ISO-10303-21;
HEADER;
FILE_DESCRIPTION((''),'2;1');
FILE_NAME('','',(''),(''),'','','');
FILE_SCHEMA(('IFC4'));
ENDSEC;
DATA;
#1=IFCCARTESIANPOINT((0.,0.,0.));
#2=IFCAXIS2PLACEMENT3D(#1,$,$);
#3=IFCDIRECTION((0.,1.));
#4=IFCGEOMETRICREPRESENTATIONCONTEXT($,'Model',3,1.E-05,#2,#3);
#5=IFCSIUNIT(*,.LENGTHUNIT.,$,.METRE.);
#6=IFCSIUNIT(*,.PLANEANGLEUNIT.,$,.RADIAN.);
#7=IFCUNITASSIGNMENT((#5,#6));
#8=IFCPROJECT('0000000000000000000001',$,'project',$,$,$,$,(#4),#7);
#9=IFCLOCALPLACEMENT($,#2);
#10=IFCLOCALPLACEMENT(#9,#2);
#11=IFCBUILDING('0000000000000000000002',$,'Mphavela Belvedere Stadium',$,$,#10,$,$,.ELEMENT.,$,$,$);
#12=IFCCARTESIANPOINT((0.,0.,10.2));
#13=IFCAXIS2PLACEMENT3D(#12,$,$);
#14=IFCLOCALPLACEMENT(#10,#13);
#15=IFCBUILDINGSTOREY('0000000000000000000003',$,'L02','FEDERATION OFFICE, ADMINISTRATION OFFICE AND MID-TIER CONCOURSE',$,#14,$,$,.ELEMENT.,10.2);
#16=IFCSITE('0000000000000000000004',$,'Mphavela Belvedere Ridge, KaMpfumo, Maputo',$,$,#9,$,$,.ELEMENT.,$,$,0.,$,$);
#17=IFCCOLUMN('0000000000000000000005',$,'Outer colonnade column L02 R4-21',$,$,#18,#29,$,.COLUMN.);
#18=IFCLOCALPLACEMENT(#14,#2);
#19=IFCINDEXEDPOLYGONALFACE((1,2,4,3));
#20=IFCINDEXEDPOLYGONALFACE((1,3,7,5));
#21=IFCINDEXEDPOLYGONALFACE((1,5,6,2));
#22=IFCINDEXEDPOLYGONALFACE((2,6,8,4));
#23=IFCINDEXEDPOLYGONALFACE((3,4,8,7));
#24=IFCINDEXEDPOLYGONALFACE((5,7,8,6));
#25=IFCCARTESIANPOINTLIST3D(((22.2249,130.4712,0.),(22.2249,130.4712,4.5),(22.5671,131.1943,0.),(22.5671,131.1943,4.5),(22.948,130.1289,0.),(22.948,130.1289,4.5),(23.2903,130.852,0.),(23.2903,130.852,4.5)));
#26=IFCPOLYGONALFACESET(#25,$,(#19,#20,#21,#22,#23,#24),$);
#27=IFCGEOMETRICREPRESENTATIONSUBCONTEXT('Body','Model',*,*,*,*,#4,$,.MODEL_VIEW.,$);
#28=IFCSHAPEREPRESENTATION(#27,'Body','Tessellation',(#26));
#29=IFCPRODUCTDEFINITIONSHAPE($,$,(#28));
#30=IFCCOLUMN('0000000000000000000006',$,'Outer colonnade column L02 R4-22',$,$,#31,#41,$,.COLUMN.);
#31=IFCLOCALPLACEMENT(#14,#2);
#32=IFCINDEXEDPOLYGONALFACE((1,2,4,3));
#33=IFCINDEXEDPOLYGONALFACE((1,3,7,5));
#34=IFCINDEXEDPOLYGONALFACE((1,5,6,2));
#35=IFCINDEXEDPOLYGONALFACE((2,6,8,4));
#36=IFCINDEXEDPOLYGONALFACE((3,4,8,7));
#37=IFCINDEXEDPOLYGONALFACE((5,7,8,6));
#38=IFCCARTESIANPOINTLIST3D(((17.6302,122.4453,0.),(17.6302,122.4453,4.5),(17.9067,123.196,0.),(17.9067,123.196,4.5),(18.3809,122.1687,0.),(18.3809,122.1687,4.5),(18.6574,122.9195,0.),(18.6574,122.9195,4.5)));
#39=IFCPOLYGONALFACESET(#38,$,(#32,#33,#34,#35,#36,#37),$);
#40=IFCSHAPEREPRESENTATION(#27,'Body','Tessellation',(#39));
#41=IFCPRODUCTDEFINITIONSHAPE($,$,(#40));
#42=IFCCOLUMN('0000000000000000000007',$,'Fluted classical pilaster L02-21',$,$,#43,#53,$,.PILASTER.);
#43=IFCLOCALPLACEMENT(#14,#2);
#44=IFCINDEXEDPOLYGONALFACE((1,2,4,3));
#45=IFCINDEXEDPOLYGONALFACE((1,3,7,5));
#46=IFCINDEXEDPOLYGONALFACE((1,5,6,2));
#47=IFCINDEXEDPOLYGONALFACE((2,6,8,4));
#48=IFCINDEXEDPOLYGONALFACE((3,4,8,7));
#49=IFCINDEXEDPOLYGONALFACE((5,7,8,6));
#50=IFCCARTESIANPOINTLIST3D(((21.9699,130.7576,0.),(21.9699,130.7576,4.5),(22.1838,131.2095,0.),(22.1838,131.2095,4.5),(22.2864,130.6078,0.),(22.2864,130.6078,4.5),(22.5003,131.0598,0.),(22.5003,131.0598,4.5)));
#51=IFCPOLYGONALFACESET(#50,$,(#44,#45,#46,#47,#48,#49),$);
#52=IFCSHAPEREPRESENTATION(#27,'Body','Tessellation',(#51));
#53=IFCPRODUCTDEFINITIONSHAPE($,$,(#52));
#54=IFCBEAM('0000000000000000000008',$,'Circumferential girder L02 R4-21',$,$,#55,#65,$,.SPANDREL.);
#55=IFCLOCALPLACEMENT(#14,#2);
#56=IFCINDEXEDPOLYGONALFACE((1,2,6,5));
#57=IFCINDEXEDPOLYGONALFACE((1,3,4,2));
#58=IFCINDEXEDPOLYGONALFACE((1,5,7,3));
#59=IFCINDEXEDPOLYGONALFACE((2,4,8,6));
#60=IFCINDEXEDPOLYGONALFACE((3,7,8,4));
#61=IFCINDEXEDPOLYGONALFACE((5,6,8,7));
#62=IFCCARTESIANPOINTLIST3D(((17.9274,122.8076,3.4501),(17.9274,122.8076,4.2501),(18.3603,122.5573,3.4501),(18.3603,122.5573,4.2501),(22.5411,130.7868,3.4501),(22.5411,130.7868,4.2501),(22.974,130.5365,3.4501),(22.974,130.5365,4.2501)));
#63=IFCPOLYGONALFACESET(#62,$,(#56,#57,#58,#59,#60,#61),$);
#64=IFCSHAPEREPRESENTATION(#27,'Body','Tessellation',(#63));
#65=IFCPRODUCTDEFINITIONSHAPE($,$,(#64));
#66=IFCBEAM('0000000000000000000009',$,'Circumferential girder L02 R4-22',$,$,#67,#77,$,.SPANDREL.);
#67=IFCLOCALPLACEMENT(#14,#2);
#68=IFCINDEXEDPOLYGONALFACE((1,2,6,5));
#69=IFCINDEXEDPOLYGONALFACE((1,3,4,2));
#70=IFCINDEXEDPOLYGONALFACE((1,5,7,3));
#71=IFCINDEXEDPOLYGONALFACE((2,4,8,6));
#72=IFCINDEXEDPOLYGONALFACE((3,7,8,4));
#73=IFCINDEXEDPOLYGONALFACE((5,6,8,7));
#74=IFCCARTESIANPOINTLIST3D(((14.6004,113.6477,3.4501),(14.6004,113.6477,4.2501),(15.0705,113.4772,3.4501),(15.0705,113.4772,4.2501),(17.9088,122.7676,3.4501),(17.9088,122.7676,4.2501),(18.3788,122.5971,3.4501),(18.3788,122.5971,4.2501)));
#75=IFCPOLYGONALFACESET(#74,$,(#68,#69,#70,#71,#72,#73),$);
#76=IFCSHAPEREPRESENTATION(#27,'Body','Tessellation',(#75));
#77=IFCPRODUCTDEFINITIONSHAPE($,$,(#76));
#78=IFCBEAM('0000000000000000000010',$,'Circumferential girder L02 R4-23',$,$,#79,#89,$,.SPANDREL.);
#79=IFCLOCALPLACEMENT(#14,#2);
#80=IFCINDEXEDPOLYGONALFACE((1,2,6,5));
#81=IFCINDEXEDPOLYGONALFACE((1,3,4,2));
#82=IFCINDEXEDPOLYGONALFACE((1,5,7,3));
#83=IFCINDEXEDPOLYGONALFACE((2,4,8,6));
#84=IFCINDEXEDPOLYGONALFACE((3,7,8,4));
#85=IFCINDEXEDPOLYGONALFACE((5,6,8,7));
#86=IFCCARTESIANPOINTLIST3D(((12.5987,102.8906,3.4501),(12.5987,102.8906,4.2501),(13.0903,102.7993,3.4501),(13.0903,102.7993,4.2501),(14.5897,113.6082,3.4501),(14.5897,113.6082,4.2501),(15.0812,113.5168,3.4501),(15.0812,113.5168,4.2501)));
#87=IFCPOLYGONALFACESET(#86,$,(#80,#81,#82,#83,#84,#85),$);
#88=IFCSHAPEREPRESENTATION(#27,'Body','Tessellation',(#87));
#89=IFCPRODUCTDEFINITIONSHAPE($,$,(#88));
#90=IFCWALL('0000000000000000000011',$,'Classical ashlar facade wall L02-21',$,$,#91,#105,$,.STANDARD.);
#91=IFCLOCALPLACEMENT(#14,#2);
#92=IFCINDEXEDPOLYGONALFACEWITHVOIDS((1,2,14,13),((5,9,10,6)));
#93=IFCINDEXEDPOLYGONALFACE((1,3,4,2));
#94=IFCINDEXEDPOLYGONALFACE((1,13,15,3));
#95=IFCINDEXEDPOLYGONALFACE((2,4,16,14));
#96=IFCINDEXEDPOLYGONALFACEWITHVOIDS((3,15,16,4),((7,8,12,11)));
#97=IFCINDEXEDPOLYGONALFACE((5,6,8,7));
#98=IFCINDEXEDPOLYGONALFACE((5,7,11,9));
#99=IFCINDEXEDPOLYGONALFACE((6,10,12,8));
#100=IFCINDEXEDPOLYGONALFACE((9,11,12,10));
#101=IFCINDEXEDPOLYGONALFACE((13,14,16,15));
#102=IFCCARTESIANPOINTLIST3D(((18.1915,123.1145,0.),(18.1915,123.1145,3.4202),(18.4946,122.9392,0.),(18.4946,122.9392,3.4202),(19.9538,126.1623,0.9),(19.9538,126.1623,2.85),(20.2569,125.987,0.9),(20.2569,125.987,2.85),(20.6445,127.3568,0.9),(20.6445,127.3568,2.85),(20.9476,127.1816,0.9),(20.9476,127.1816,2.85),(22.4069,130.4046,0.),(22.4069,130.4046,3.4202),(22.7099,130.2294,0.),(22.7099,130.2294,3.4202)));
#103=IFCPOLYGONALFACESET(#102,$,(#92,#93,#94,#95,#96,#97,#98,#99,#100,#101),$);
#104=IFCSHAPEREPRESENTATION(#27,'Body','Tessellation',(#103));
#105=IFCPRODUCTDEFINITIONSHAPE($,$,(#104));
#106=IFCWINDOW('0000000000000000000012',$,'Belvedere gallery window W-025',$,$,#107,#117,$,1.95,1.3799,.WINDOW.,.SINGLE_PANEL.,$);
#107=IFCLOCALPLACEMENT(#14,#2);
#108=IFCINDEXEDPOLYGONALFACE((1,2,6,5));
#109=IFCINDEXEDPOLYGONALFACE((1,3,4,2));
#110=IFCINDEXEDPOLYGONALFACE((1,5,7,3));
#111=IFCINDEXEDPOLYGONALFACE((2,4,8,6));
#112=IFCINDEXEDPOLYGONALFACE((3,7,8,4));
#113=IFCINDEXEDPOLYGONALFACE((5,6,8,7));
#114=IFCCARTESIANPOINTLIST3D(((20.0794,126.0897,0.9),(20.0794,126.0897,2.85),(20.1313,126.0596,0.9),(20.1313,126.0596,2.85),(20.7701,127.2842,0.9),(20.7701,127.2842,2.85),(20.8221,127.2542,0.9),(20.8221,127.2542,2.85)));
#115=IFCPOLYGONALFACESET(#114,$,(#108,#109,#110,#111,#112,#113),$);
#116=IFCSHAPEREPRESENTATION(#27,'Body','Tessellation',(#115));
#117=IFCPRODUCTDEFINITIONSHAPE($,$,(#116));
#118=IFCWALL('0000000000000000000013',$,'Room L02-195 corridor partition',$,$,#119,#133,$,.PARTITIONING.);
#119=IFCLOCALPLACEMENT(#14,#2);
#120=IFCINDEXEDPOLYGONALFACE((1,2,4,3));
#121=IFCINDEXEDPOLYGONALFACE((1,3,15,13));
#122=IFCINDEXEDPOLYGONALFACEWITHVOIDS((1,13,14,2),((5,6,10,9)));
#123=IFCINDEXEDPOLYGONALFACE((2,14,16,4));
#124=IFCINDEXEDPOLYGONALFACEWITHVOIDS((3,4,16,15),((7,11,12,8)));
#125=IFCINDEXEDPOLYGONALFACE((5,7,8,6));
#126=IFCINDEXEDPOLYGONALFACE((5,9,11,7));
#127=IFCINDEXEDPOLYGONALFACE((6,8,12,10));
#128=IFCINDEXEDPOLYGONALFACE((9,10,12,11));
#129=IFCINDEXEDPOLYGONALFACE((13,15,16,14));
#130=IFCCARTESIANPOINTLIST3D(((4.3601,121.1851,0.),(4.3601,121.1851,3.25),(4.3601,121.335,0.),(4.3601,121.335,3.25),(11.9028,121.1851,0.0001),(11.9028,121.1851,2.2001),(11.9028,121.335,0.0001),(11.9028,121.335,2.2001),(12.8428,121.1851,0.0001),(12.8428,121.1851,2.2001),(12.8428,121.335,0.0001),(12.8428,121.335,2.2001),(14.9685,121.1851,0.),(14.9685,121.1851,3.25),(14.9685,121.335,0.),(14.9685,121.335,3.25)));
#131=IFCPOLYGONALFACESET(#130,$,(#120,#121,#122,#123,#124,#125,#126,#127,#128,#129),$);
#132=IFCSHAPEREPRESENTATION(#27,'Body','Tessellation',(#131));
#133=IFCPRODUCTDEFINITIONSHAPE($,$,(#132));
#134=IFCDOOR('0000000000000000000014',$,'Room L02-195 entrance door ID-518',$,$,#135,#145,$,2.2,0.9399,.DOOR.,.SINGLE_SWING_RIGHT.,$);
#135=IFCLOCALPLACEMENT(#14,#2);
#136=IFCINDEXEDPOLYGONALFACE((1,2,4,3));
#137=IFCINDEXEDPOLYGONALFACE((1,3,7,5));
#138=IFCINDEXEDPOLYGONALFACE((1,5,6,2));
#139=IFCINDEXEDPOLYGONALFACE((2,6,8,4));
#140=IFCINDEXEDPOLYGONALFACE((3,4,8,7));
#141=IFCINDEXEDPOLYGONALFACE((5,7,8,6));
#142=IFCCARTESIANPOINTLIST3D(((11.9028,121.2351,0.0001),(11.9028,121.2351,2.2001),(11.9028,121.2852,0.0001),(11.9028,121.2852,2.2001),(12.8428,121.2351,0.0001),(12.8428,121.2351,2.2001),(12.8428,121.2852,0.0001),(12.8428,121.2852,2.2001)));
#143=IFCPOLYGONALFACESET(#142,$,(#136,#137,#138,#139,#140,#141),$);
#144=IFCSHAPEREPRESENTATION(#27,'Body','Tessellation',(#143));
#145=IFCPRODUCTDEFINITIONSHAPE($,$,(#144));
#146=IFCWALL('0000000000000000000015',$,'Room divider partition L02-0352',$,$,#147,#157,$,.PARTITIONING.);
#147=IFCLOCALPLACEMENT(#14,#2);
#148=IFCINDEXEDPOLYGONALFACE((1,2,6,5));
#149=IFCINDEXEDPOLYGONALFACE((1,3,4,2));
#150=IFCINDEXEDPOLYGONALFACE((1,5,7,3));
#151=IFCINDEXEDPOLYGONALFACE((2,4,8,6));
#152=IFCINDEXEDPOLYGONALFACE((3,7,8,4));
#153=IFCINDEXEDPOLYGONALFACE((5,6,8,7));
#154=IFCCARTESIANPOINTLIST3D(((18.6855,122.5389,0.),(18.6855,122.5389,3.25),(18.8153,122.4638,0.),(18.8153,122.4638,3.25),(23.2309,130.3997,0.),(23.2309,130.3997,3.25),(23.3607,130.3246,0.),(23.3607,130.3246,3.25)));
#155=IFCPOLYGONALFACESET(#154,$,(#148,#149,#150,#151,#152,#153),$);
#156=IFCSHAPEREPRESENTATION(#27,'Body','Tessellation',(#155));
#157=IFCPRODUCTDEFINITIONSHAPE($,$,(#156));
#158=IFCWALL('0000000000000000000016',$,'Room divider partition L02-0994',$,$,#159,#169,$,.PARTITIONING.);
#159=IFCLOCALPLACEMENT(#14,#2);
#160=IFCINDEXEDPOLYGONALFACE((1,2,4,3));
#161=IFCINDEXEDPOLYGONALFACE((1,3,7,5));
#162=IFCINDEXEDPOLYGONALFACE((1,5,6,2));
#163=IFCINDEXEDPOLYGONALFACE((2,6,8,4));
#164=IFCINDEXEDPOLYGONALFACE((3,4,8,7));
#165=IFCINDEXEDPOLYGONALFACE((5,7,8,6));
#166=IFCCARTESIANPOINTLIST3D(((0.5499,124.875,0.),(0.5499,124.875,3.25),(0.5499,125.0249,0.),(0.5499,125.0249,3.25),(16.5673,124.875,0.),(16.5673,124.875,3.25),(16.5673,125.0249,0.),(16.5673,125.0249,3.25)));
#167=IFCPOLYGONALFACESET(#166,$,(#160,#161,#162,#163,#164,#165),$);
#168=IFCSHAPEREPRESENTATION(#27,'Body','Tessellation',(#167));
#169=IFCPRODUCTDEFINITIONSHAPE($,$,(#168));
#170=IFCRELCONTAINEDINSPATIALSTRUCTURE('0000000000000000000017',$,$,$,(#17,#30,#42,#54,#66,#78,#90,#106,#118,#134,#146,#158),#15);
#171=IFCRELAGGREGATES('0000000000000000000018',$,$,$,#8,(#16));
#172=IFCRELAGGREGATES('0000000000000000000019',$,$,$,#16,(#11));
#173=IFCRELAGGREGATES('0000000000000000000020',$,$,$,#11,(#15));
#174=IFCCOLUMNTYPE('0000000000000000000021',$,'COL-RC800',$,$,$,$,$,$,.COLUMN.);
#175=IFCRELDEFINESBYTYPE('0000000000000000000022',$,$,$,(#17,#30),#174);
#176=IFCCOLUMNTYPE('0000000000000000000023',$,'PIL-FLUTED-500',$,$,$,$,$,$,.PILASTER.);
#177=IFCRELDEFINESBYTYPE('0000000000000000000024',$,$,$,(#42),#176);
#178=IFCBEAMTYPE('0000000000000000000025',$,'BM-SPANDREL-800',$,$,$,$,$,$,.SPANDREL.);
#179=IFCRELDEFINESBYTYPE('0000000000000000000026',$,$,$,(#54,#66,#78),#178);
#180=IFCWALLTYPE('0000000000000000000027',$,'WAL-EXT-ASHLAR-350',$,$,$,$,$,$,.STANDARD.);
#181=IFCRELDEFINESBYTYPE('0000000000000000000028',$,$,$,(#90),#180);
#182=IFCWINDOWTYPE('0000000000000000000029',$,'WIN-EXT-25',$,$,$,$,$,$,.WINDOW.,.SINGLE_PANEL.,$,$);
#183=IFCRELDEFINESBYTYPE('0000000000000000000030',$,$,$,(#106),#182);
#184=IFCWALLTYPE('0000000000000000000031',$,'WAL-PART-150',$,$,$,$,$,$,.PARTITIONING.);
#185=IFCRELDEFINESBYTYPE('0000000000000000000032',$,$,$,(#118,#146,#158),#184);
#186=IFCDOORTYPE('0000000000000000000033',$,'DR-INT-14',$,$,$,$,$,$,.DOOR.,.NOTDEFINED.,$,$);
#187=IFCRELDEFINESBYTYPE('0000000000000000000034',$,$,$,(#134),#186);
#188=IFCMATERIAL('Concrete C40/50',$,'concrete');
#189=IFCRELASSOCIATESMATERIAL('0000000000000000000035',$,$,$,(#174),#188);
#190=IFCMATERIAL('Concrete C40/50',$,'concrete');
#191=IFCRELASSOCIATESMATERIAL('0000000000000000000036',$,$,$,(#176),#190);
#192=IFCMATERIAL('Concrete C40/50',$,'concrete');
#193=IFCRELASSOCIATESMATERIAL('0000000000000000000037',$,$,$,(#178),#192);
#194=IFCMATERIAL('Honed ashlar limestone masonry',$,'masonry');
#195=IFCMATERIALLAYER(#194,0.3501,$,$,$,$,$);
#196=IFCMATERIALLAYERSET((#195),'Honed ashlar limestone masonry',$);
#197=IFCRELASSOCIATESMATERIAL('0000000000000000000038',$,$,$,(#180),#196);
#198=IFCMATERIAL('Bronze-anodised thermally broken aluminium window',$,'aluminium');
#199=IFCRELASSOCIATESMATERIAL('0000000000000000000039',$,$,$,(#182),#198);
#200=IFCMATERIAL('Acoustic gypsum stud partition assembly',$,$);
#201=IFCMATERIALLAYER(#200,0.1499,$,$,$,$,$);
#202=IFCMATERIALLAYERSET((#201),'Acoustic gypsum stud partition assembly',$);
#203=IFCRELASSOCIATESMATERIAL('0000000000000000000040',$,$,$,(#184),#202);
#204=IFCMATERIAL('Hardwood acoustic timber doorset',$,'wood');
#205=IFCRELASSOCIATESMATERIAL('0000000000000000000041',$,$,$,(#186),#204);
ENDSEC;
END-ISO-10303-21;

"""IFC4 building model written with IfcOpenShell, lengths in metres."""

from ifc_helpers import new_model, si_unit, direction, frame, frame_2d, origin, origin_2d, place, context, subcontext, project, spatial, rectangle, extrude, material, layer, layer_set, material_profile, profile_set, type_object, element, fill, save


model = new_model("IFC4")

# Units and contexts
model_context = context("Model", 3, precision=1e-05, world=origin(), true_north=direction((0.0, 1.0)))
body_context = subcontext(model_context, "Body", "Model", "MODEL_VIEW")
ifc_project = project(units=[si_unit("LENGTHUNIT", "METRE"), si_unit("PLANEANGLEUNIT", "RADIAN")], contexts=[model_context])

# Site, building, storey
site_placement = place(None, origin())
site = spatial("IfcSite", under=ifc_project, at=site_placement, Name="Mphavela Belvedere Ridge, KaMpfumo, Maputo", CompositionType="ELEMENT", RefElevation=0.0)
building_placement = place(site_placement, origin())
building = spatial("IfcBuilding", under=site, at=building_placement, Name="Mphavela Belvedere Stadium", CompositionType="ELEMENT")
storey_placement = place(building_placement, frame((0.0, 0.0, 10.2)))
storey = spatial("IfcBuildingStorey", under=building, at=storey_placement, Name="L02", Description="FEDERATION OFFICE, ADMINISTRATION OFFICE AND MID-TIER CONCOURSE", CompositionType="ELEMENT", Elevation=10.2)

# Columns
ifc_material_1 = material(Name="Concrete C40/50", Category="concrete")
ifc_material_profile_1 = material_profile(ifc_material_1, rectangle(XDim=0.8, YDim=0.8, at=origin_2d()), Name="RC 800x800")
ifc_profile_set_1 = profile_set([ifc_material_profile_1], Name="Concrete C40/50")
column_type_1 = type_object("IfcColumnType", Name="COL-RC800", PredefinedType="COLUMN", material=ifc_profile_set_1)
for number, where, z_axis, x_axis, name in (
    (1, (22.7576, 130.6616, 0.0), (0.0, 0.0, 1.0), (-0.903859, 0.427831, 0.0), "Outer colonnade column L02 R4-21"),
    (2, (18.1438, 122.6824, 0.0), (0.0, 0.0, 1.0), (-0.938372, 0.345626, 0.0), "Outer colonnade column L02 R4-22"),
):
    element("IfcColumn", number, at=place(storey_placement, frame(where, z_axis=z_axis, x_axis=x_axis)), inside=storey, type_object=column_type_1, Name=name, PredefinedType="COLUMN", context=body_context, shape_type="SweptSolid", body=[
        extrude(rectangle(XDim=0.8, YDim=0.8, at=origin_2d()), origin(), (0.0, 0.0, 1.0), 4.5),
    ])
ifc_material_2 = material(Name="Concrete C40/50", Category="concrete")
ifc_material_profile_2 = material_profile(ifc_material_2, rectangle(XDim=0.5, YDim=0.3501, at=origin_2d()), Name="PIL 500x350")
ifc_profile_set_2 = profile_set([ifc_material_profile_2], Name="Concrete C40/50")
column_type_2 = type_object("IfcColumnType", Name="PIL-FLUTED-500", PredefinedType="PILASTER", material=ifc_profile_set_2)
column_placement = place(storey_placement, frame((22.2351, 130.9087, 0.0), z_axis=(0.0, 0.0, 1.0), x_axis=(-0.427831, -0.903859, 0.0)))
element("IfcColumn", 3, at=column_placement, inside=storey, type_object=column_type_2, Name="Fluted classical pilaster L02-21", PredefinedType="PILASTER", context=body_context, shape_type="SweptSolid", body=[
    extrude(rectangle(XDim=0.5, YDim=0.3501, at=origin_2d()), origin(), (0.0, 0.0, 1.0), 4.5),
])

# Beams
ifc_material_3 = material(Name="Concrete C40/50", Category="concrete")
ifc_material_profile_3 = material_profile(ifc_material_3, rectangle(XDim=0.5, YDim=0.8, at=origin_2d()), Name="RC 500x800")
ifc_profile_set_3 = profile_set([ifc_material_profile_3], Name="Concrete C40/50")
beam_type = type_object("IfcBeamType", Name="BM-SPANDREL-800", PredefinedType="SPANDREL", material=ifc_profile_set_3)
beam_1_placement = place(storey_placement, frame((22.7576, 130.6616, 3.8501), z_axis=(-0.500565, -0.865699, 0.0), x_axis=(0.865699, -0.500565, 0.0)))
element("IfcBeam", 4, at=beam_1_placement, inside=storey, type_object=beam_type, Name="Circumferential girder L02 R4-21", PredefinedType="SPANDREL", context=body_context, shape_type="SweptSolid", body=[
    extrude(rectangle(XDim=0.5, YDim=0.8, at=origin_2d()), origin(), (0.0, 0.0, 1.0), 9.217),
])
beam_2_placement = place(storey_placement, frame((18.1438, 122.6824, 3.8501), z_axis=(-0.341018, -0.940057, 0.0), x_axis=(0.940057, -0.341018, 0.0)))
element("IfcBeam", 5, at=beam_2_placement, inside=storey, type_object=beam_type, Name="Circumferential girder L02 R4-22", PredefinedType="SPANDREL", context=body_context, shape_type="SweptSolid", body=[
    extrude(rectangle(XDim=0.5, YDim=0.8, at=origin_2d()), origin(), (0.0, 0.0, 1.0), 9.7014),
])
beam_3_placement = place(storey_placement, frame((14.8354, 113.5625, 3.8501), z_axis=(-0.182643, -0.983179, 0.0), x_axis=(0.983179, -0.182643, 0.0)))
element("IfcBeam", 6, at=beam_3_placement, inside=storey, type_object=beam_type, Name="Circumferential girder L02 R4-23", PredefinedType="SPANDREL", context=body_context, shape_type="SweptSolid", body=[
    extrude(rectangle(XDim=0.5, YDim=0.8, at=origin_2d()), origin(), (0.0, 0.0, 1.0), 10.9009),
])

# Wall, opening, window
ifc_material_4 = material(Name="Honed ashlar limestone masonry", Category="masonry")
ifc_layer_1 = layer(ifc_material_4, 0.3501)
ifc_layer_set_1 = layer_set([ifc_layer_1], Name="Honed ashlar limestone masonry")
wall_type_1 = type_object("IfcWallType", Name="WAL-EXT-ASHLAR-350", PredefinedType="STANDARD", material=ifc_layer_set_1)
wall_1_placement = place(storey_placement, frame((22.5583, 130.3169, 0.0), z_axis=(0.0, 0.0, 1.0), x_axis=(-0.500572, -0.865695, 0.0)))
wall_1 = element("IfcWall", 7, at=wall_1_placement, inside=storey, type_object=wall_type_1, Name="Classical ashlar facade wall L02-21", PredefinedType="STANDARD", context=body_context, shape_type="SweptSolid", body=[
    extrude(rectangle(XDim=8.4211, YDim=0.3501, at=frame_2d((4.2104, 0.0))), origin(), (0.0, 0.0, 1.0), 3.4202),
])
opening_1_placement = place(wall_1_placement, frame((3.5205, 0.0, 0.8999)))
opening_1 = element("IfcOpeningElement", 8, at=opening_1_placement, cuts=wall_1, PredefinedType="OPENING", context=body_context, shape_type="SweptSolid", body=[
    extrude(rectangle(XDim=1.3799, YDim=1.95, at=frame_2d((0.6899, 0.9751))), frame((0.0, 0.1851, 0.0), z_axis=(0.0, -1.0, 0.0), x_axis=(1.0, 0.0, 0.0)), (0.0, 0.0, 1.0), 0.3701),
])
ifc_material_5 = material(Name="Bronze-anodised thermally broken aluminium window", Category="aluminium")
window_type = type_object("IfcWindowType", Name="WIN-EXT-25", PartitioningType="SINGLE_PANEL", PredefinedType="WINDOW", material=ifc_material_5)
window_placement = place(opening_1_placement, origin())
window = element("IfcWindow", 9, at=window_placement, inside=storey, type_object=window_type, Name="Belvedere gallery window W-025", OverallHeight=1.95, OverallWidth=1.3799, PartitioningType="SINGLE_PANEL", PredefinedType="WINDOW", context=body_context, shape_type="SweptSolid", body=[
    extrude(rectangle(XDim=1.3799, YDim=1.95, at=frame_2d((0.6899, 0.9751))), frame((0.0, 0.03, 0.0), z_axis=(0.0, -1.0, 0.0), x_axis=(1.0, 0.0, 0.0)), (0.0, 0.0, 1.0), 0.0601),
])
fill(opening_1, window)

# Wall, opening, door
ifc_material_6 = material(Name="Acoustic gypsum stud partition assembly")
ifc_layer_2 = layer(ifc_material_6, 0.1499)
ifc_layer_set_2 = layer_set([ifc_layer_2], Name="Acoustic gypsum stud partition assembly")
wall_type_2 = type_object("IfcWallType", Name="WAL-PART-150", PredefinedType="PARTITIONING", material=ifc_layer_set_2)
wall_2_placement = place(storey_placement, frame((14.9685, 121.26, 0.0), z_axis=(0.0, 0.0, 1.0), x_axis=(-1.0, 0.0, 0.0)))
wall_2 = element("IfcWall", 10, at=wall_2_placement, inside=storey, type_object=wall_type_2, Name="Room L02-195 corridor partition", PredefinedType="PARTITIONING", context=body_context, shape_type="SweptSolid", body=[
    extrude(rectangle(XDim=10.6084, YDim=0.1499, at=frame_2d((5.3042, 0.0))), origin(), (0.0, 0.0, 1.0), 3.25),
])
opening_2_placement = place(wall_2_placement, frame((2.1257, 0.0, 0.0)))
opening_2 = element("IfcOpeningElement", 11, at=opening_2_placement, cuts=wall_2, PredefinedType="OPENING", context=body_context, shape_type="SweptSolid", body=[
    extrude(rectangle(XDim=0.9399, YDim=2.2, at=frame_2d((0.47, 1.1001))), frame((0.0, 0.085, 0.0), z_axis=(0.0, -1.0, 0.0), x_axis=(1.0, 0.0, 0.0)), (0.0, 0.0, 1.0), 0.1699),
])
ifc_material_7 = material(Name="Hardwood acoustic timber doorset", Category="wood")
door_type_1 = type_object("IfcDoorType", Name="DR-INT-14", OperationType="NOTDEFINED", PredefinedType="DOOR", material=ifc_material_7)
door_1_placement = place(opening_2_placement, origin())
door_1 = element("IfcDoor", 12, at=door_1_placement, inside=storey, type_object=door_type_1, Name="Room L02-195 entrance door ID-518", OperationType="SINGLE_SWING_RIGHT", OverallHeight=2.2, OverallWidth=0.9399, PredefinedType="DOOR", context=body_context, shape_type="SweptSolid", body=[
    extrude(rectangle(XDim=0.9399, YDim=2.2, at=frame_2d((0.47, 1.1001))), frame((0.0, 0.0249, 0.0), z_axis=(0.0, -1.0, 0.0), x_axis=(1.0, 0.0, 0.0)), (0.0, 0.0, 1.0), 0.05),
])
fill(opening_2, door_1)

# Walls
wall_3_placement = place(storey_placement, frame((18.7505, 122.5015, 0.0), z_axis=(0.0, 0.0, 1.0), x_axis=(0.500574, 0.865694, 0.0)))
element("IfcWall", 13, at=wall_3_placement, inside=storey, type_object=wall_type_2, Name="Room divider partition L02-0352", PredefinedType="PARTITIONING", context=body_context, shape_type="SweptSolid", body=[
    extrude(rectangle(XDim=9.0803, YDim=0.1499, at=frame_2d((4.54, 0.0))), origin(), (0.0, 0.0, 1.0), 3.25),
])
wall_4_placement = place(storey_placement, frame((16.5674, 124.95, 0.0), z_axis=(0.0, 0.0, 1.0), x_axis=(-1.0, 0.0, 0.0)))
element("IfcWall", 14, at=wall_4_placement, inside=storey, type_object=wall_type_2, Name="Room divider partition L02-0994", PredefinedType="PARTITIONING", context=body_context, shape_type="SweptSolid", body=[
    extrude(rectangle(XDim=16.0173, YDim=0.1499, at=frame_2d((8.0088, 0.0))), origin(), (0.0, 0.0, 1.0), 3.25),
])

save(model, "model.ifc")
